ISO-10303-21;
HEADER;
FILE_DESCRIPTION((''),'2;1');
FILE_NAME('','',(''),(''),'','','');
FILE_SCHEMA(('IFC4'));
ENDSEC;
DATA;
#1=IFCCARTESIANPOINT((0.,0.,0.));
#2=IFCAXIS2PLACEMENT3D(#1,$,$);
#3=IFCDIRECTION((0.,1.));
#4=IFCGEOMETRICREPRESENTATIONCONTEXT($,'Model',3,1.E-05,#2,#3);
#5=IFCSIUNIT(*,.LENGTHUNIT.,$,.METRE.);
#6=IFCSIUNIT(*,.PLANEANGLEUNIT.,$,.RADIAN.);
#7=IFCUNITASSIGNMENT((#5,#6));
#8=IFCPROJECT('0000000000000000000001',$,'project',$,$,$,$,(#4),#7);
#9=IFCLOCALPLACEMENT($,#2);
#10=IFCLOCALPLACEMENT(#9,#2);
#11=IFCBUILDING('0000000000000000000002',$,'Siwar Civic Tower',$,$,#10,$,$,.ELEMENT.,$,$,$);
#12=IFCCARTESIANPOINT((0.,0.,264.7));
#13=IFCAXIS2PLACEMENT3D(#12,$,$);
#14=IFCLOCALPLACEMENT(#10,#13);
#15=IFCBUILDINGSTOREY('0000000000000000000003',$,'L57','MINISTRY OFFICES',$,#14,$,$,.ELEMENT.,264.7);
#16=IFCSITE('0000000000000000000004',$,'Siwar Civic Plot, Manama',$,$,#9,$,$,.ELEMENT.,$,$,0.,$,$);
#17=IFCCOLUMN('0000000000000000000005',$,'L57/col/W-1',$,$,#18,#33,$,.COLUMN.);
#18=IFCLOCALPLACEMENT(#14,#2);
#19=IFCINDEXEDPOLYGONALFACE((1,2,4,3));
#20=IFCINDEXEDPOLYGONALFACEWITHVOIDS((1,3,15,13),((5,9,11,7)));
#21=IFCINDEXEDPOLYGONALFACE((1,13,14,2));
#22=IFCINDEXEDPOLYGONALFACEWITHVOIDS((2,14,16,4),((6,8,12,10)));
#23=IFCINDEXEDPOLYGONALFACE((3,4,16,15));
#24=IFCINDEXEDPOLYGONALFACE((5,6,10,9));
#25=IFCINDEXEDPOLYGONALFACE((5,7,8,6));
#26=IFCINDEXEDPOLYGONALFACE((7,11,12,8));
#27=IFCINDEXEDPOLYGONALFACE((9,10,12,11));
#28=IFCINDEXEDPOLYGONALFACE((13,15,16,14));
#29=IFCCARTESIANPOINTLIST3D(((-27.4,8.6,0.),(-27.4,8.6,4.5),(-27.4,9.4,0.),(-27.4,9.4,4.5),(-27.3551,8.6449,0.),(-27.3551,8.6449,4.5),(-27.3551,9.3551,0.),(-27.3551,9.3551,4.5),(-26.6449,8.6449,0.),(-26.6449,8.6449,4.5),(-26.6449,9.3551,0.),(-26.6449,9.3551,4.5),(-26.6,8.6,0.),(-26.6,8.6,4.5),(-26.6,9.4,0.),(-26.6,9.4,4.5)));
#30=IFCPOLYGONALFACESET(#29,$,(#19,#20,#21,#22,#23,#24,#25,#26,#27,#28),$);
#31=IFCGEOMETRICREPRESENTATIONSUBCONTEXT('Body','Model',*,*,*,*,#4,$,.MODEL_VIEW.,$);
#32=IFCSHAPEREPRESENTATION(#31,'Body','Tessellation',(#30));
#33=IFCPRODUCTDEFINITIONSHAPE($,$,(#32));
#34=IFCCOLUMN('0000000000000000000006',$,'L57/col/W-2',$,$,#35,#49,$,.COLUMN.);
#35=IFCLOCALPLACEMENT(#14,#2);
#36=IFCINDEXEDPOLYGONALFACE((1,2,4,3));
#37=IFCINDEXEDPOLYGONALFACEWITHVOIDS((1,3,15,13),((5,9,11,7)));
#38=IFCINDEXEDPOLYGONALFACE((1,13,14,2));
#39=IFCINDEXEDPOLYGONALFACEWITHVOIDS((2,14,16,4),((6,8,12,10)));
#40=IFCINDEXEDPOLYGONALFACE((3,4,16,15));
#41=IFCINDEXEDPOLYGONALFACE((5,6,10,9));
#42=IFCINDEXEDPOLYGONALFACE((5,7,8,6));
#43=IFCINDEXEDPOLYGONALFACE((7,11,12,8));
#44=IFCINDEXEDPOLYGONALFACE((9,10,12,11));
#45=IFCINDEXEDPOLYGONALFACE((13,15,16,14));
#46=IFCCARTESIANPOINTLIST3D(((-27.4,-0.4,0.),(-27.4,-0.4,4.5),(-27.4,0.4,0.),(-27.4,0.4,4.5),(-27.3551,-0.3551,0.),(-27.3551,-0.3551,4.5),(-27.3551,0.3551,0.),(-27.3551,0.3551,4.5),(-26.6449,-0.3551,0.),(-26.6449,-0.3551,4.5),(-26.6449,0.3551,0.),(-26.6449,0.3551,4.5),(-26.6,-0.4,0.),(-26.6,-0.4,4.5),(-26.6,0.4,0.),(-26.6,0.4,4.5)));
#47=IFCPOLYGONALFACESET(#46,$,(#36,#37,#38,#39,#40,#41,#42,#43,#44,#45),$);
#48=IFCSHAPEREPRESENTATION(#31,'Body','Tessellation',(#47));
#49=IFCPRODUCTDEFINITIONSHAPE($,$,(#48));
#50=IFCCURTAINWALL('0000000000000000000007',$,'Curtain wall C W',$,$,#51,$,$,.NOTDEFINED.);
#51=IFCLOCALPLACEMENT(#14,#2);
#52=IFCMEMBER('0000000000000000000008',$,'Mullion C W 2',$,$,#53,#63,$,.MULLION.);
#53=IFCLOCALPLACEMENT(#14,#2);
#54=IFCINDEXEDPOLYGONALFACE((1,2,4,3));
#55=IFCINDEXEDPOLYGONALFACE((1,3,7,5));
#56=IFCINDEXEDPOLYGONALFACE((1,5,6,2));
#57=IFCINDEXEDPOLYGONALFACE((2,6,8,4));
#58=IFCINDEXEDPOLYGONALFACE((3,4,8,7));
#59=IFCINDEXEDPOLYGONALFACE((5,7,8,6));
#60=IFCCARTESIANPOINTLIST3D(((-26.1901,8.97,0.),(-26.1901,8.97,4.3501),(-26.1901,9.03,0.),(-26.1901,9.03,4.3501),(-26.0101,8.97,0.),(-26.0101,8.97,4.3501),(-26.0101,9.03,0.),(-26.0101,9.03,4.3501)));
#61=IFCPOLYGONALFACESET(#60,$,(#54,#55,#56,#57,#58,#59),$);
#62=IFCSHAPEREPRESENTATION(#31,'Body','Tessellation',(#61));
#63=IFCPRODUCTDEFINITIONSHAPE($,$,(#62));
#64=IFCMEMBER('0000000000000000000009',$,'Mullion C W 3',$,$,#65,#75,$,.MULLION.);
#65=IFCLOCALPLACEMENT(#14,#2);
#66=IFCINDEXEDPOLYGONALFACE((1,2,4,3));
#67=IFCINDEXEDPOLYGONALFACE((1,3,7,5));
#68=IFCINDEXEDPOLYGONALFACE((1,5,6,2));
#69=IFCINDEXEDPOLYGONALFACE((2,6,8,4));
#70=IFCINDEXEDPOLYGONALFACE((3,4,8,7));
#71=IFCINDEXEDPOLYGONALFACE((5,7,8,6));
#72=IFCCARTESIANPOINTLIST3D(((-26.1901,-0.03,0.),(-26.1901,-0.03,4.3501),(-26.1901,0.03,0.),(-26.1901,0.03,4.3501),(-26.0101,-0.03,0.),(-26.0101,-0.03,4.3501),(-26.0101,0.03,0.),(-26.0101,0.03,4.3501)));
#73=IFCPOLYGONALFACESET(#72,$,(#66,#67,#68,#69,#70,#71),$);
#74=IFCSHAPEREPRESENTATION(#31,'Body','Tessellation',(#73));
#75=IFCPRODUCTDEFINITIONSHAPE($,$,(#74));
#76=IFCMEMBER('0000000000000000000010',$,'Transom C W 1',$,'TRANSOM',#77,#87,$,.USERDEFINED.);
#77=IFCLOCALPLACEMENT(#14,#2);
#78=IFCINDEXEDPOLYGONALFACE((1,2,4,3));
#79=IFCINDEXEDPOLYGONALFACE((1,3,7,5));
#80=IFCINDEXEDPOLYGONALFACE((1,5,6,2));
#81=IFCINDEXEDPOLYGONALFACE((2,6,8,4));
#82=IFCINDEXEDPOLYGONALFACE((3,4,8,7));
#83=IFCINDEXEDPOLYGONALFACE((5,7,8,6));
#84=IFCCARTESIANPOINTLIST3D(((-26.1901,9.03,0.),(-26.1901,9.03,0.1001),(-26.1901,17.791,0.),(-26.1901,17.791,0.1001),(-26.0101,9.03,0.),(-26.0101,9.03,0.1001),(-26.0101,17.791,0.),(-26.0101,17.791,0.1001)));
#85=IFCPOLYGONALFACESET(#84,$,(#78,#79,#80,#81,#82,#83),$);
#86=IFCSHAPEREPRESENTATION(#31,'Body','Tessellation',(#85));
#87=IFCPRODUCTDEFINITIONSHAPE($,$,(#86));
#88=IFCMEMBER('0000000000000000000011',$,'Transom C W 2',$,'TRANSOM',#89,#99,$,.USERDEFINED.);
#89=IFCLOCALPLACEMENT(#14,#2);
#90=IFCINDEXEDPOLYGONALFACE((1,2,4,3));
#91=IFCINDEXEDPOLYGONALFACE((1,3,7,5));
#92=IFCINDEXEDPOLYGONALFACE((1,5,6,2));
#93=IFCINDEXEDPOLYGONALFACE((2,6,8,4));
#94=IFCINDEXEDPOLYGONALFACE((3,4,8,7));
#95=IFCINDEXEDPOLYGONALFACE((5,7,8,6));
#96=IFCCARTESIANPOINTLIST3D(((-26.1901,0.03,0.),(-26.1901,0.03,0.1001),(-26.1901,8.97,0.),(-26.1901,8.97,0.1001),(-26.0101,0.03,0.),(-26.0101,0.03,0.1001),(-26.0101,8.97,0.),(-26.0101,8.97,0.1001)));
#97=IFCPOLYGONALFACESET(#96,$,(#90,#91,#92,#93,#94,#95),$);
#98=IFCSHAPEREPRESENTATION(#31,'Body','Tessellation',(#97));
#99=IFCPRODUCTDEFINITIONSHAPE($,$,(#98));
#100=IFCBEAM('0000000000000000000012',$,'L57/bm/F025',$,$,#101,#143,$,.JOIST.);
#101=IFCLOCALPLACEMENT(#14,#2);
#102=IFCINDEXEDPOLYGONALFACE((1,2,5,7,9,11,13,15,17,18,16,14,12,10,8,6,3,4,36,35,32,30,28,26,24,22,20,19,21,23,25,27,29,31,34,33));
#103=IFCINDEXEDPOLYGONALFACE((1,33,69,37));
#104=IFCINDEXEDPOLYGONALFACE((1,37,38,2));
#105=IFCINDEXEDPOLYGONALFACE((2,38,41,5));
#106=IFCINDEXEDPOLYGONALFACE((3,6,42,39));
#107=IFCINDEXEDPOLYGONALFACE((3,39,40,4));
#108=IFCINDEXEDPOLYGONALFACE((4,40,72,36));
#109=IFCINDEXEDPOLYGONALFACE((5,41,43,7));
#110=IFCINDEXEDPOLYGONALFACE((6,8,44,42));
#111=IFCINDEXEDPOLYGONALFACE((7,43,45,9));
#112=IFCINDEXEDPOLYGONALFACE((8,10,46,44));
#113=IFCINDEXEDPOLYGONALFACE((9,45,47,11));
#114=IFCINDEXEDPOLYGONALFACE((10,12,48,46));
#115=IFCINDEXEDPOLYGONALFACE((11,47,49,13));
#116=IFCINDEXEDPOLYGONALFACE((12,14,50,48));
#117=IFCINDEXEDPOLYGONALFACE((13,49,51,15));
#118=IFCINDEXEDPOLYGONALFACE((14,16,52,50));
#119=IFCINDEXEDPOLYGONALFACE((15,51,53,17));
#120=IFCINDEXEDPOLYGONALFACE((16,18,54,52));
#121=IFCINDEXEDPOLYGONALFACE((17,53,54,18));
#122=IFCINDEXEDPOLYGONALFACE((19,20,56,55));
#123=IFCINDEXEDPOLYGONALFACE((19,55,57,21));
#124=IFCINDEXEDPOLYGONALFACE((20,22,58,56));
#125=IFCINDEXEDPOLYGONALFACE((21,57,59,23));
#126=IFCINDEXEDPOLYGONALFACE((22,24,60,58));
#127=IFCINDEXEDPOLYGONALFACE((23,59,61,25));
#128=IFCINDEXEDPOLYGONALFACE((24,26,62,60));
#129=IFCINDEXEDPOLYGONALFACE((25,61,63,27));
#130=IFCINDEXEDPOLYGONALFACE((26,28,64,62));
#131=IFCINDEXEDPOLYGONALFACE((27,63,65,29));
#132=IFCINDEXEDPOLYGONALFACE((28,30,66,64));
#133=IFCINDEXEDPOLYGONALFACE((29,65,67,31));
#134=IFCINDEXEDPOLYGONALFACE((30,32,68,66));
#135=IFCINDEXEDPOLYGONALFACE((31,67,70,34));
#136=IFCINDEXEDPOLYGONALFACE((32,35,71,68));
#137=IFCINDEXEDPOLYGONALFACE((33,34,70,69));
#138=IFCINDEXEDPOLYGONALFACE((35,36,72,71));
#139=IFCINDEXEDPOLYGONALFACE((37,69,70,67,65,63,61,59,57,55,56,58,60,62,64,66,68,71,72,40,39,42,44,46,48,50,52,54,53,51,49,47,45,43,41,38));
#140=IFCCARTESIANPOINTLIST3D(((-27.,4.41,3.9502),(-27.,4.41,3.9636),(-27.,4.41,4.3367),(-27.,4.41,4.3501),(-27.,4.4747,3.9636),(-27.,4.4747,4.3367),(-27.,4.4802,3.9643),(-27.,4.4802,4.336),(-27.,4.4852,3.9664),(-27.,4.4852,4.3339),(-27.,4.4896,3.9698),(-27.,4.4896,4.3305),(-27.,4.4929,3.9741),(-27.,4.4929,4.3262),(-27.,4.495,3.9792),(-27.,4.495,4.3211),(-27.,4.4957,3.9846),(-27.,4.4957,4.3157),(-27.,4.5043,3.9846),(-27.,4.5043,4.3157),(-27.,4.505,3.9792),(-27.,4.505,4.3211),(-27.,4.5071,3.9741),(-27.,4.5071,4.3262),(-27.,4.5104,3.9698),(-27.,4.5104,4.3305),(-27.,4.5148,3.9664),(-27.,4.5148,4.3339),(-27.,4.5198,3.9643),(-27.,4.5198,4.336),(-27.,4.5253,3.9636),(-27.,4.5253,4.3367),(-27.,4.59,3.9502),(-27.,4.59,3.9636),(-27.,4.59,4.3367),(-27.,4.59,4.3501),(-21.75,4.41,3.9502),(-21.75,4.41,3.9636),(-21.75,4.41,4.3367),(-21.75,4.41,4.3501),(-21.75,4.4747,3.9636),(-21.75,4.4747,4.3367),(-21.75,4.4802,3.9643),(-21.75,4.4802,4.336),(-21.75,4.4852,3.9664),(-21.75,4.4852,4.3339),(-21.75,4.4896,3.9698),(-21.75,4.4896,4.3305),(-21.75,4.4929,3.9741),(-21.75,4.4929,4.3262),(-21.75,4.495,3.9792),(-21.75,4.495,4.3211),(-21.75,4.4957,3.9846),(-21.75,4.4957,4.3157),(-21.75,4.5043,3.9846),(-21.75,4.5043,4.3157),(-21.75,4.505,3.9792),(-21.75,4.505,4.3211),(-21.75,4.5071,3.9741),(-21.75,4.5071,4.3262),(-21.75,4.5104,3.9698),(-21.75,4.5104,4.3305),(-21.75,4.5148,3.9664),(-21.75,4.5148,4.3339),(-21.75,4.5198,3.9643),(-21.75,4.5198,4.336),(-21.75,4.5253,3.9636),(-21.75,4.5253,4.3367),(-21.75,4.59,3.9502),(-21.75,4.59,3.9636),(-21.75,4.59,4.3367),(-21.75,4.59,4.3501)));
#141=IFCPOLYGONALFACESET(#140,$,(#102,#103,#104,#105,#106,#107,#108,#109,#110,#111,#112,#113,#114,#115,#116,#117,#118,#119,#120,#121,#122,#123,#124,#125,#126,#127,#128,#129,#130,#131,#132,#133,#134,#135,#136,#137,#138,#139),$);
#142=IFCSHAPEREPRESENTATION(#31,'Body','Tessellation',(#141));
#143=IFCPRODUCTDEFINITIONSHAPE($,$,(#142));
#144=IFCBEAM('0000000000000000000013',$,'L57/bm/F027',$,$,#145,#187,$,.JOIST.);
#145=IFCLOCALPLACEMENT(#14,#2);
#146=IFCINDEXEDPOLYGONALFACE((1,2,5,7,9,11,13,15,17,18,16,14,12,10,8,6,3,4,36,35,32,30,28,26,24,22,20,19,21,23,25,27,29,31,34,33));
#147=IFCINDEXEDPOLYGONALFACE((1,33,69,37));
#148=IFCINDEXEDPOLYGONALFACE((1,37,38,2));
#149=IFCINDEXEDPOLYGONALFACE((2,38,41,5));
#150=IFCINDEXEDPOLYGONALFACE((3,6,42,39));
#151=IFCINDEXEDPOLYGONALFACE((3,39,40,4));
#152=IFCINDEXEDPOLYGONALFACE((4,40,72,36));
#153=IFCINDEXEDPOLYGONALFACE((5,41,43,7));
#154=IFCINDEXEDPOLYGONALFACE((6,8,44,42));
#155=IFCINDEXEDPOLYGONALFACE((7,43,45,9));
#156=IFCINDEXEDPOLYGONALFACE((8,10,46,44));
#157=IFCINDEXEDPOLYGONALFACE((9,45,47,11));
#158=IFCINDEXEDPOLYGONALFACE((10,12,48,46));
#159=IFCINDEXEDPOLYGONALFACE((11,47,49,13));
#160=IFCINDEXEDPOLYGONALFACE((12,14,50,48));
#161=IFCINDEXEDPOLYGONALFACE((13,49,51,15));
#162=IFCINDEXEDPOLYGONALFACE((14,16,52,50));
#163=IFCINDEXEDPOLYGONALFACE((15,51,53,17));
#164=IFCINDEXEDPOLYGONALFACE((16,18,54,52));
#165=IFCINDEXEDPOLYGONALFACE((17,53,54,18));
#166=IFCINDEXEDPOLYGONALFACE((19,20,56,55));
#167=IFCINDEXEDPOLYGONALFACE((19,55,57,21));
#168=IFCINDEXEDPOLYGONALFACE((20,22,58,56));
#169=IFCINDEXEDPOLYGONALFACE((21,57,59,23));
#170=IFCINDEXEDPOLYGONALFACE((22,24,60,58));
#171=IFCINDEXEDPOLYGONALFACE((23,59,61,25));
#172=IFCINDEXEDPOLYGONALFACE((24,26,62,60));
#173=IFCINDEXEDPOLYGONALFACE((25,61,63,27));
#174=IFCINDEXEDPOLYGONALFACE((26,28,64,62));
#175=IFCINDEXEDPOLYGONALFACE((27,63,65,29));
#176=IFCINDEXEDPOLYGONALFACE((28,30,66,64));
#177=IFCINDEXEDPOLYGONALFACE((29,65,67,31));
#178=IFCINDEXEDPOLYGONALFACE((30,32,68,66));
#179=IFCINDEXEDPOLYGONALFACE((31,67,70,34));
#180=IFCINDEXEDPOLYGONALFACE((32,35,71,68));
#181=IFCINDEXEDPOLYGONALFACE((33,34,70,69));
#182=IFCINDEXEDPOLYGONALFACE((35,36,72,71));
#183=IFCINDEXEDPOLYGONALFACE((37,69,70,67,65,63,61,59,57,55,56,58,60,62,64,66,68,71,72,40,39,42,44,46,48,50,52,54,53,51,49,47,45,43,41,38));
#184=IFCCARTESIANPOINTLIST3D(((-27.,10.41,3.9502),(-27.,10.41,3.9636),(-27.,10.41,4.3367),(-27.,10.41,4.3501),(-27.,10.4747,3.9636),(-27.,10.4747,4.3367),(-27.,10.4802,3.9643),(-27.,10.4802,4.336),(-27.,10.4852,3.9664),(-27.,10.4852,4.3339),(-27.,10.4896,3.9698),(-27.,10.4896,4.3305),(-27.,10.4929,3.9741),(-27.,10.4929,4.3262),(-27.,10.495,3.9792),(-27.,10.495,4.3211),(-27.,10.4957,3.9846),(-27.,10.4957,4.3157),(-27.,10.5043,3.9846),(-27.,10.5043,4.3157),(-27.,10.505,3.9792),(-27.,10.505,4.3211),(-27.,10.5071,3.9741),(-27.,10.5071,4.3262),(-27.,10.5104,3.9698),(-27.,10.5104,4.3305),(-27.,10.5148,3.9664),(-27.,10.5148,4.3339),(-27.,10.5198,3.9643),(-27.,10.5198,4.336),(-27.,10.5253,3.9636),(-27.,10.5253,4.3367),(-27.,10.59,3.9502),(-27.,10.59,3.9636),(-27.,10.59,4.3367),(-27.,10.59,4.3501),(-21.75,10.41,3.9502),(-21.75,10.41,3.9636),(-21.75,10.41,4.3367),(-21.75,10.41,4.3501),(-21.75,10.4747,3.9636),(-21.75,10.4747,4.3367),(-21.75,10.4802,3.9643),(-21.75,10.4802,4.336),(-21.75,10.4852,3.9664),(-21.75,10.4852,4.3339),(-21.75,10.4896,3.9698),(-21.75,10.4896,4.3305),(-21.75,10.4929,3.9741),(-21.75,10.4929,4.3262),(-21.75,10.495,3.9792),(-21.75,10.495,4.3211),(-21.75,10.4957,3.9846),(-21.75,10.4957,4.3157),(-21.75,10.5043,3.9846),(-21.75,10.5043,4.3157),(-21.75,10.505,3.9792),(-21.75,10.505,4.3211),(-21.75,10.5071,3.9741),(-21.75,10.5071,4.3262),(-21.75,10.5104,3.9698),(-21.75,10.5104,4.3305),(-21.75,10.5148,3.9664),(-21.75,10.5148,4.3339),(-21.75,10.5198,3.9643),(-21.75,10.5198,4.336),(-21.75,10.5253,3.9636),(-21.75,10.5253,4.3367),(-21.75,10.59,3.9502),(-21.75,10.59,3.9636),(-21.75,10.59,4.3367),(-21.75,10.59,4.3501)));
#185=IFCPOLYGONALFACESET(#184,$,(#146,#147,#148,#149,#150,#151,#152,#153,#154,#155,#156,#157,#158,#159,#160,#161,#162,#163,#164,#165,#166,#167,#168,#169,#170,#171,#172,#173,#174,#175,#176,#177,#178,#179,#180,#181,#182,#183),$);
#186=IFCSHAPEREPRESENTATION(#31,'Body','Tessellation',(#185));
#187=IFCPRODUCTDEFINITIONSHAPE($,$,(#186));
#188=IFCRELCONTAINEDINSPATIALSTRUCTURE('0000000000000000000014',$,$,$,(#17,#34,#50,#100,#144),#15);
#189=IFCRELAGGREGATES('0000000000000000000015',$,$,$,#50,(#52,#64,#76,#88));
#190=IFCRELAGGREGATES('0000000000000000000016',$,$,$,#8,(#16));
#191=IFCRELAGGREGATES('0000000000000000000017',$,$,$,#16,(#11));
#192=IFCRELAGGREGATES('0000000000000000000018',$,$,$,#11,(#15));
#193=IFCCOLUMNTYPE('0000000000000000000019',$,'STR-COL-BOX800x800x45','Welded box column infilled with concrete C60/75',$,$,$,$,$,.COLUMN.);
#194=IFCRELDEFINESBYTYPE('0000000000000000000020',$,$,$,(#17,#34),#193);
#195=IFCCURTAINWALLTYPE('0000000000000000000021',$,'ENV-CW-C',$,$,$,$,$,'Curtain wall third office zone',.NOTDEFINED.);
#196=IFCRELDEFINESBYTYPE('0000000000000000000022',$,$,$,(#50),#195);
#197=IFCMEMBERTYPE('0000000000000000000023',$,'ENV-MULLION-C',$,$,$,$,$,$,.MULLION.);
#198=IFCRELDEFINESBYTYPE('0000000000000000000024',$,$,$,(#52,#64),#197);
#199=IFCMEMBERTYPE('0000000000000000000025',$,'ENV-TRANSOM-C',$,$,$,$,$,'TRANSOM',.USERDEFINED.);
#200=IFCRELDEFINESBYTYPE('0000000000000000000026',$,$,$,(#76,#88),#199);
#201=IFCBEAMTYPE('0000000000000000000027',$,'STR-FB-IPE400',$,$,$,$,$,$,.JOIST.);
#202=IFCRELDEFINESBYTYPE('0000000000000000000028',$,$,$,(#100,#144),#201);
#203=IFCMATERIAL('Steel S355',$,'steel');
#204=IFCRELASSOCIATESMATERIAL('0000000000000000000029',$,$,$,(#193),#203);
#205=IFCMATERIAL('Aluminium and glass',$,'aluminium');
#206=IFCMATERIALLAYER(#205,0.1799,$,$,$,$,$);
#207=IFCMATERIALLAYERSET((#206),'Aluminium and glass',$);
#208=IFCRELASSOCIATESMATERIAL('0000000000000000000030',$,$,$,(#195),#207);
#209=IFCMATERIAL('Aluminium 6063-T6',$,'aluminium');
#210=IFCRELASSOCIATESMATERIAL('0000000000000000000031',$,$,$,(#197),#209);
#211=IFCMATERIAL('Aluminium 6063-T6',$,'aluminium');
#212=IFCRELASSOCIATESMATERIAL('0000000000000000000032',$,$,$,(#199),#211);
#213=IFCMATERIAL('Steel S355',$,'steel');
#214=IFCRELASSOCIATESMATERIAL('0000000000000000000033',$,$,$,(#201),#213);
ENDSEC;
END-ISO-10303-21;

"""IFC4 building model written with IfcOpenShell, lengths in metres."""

from ifc_helpers import new_model, si_unit, direction, frame, origin, origin_2d, place, context, subcontext, project, spatial, rectangle, hollow_rectangle, i_section, extrude, material, layer, layer_set, material_profile, profile_set, type_object, element, aggregate, save


model = new_model("IFC4")

# Units and contexts
model_context = context("Model", 3, precision=1e-05, world=origin(), true_north=direction((0.0, 1.0)))
body_context = subcontext(model_context, "Body", "Model", "MODEL_VIEW")
ifc_project = project(units=[si_unit("LENGTHUNIT", "METRE"), si_unit("PLANEANGLEUNIT", "RADIAN")], contexts=[model_context])

# Site, building, storey
site_placement = place(None, origin())
site = spatial("IfcSite", under=ifc_project, at=site_placement, Name="Siwar Civic Plot, Manama", CompositionType="ELEMENT", RefElevation=0.0)
building_placement = place(site_placement, origin())
building = spatial("IfcBuilding", under=site, at=building_placement, Name="Siwar Civic Tower", CompositionType="ELEMENT")
storey_placement = place(building_placement, frame((0.0, 0.0, 264.7)))
storey = spatial("IfcBuildingStorey", under=building, at=storey_placement, Name="L57", Description="MINISTRY OFFICES", CompositionType="ELEMENT", Elevation=264.7)

# Columns
ifc_material_1 = material(Name="Steel S355", Category="steel")
ifc_material_profile_1 = material_profile(ifc_material_1, hollow_rectangle(XDim=0.8, YDim=0.8, WallThickness=0.0449, at=origin_2d()), Name="BOX800x800x45")
ifc_profile_set_1 = profile_set([ifc_material_profile_1], Name="Steel S355")
column_type = type_object("IfcColumnType", Name="STR-COL-BOX800x800x45", Description="Welded box column infilled with concrete C60/75", PredefinedType="COLUMN", material=ifc_profile_set_1)
for number, where, z_axis, x_axis, name in (
    (1, (-27.0, 9.0, 0.0), (0.0, 0.0, 1.0), (1.0, 0.0, 0.0), "L57/col/W-1"),
    (2, (-27.0, 0.0, 0.0), (0.0, 0.0, 1.0), (1.0, 0.0, 0.0), "L57/col/W-2"),
):
    element("IfcColumn", number, at=place(storey_placement, frame(where, z_axis=z_axis, x_axis=x_axis)), inside=storey, type_object=column_type, Name=name, PredefinedType="COLUMN", context=body_context, shape_type="SweptSolid", body=[
        extrude(hollow_rectangle(XDim=0.8, YDim=0.8, WallThickness=0.0449, at=origin_2d()), origin(), (0.0, 0.0, 1.0), 4.5),
    ])

# Curtain wall, members
ifc_material_2 = material(Name="Aluminium and glass", Category="aluminium")
ifc_layer_1 = layer(ifc_material_2, 0.1799)
ifc_layer_set_1 = layer_set([ifc_layer_1], Name="Aluminium and glass")
curtain_wall_type = type_object("IfcCurtainWallType", Name="ENV-CW-C", ElementType="Curtain wall third office zone", PredefinedType="NOTDEFINED", material=ifc_layer_set_1)
curtain_wall_placement = place(storey_placement, origin())
curtain_wall = element("IfcCurtainWall", 3, at=curtain_wall_placement, inside=storey, type_object=curtain_wall_type, Name="Curtain wall C W", PredefinedType="NOTDEFINED")
ifc_material_3 = material(Name="Aluminium 6063-T6", Category="aluminium")
ifc_material_profile_2 = material_profile(ifc_material_3, rectangle(XDim=0.1799, YDim=0.0601, at=origin_2d()), Name="AL 180x60")
ifc_profile_set_2 = profile_set([ifc_material_profile_2], Name="Aluminium 6063-T6")
member_type_1 = type_object("IfcMemberType", Name="ENV-MULLION-C", PredefinedType="MULLION", material=ifc_profile_set_2)
member_1_placement = place(storey_placement, frame((-26.1001, 9.0, 0.0), z_axis=(0.0, 0.0, 1.0), x_axis=(1.0, 0.0, 0.0)))
member_1 = element("IfcMember", 4, at=member_1_placement, type_object=member_type_1, Name="Mullion C W 2", PredefinedType="MULLION", context=body_context, shape_type="SweptSolid", body=[
    extrude(rectangle(XDim=0.1799, YDim=0.0601, at=origin_2d()), origin(), (0.0, 0.0, 1.0), 4.3501),
])
member_2_placement = place(storey_placement, frame((-26.1001, 0.0, 0.0), z_axis=(0.0, 0.0, 1.0), x_axis=(1.0, 0.0, 0.0)))
member_2 = element("IfcMember", 5, at=member_2_placement, type_object=member_type_1, Name="Mullion C W 3", PredefinedType="MULLION", context=body_context, shape_type="SweptSolid", body=[
    extrude(rectangle(XDim=0.1799, YDim=0.0601, at=origin_2d()), origin(), (0.0, 0.0, 1.0), 4.3501),
])
ifc_material_4 = material(Name="Aluminium 6063-T6", Category="aluminium")
ifc_material_profile_3 = material_profile(ifc_material_4, rectangle(XDim=0.1799, YDim=0.1001, at=origin_2d()), Name="AL 180x100")
ifc_profile_set_3 = profile_set([ifc_material_profile_3], Name="Aluminium 6063-T6")
member_type_2 = type_object("IfcMemberType", Name="ENV-TRANSOM-C", ElementType="TRANSOM", PredefinedType="USERDEFINED", material=ifc_profile_set_3)
member_3_placement = place(storey_placement, frame((-26.1001, 17.791, 0.05), z_axis=(0.0, -1.0, 0.0), x_axis=(1.0, 0.0, 0.0)))
member_3 = element("IfcMember", 6, at=member_3_placement, type_object=member_type_2, Name="Transom C W 1", ObjectType="TRANSOM", PredefinedType="USERDEFINED", context=body_context, shape_type="SweptSolid", body=[
    extrude(rectangle(XDim=0.1799, YDim=0.1001, at=origin_2d()), origin(), (0.0, 0.0, 1.0), 8.761),
])
member_4_placement = place(storey_placement, frame((-26.1001, 8.97, 0.05), z_axis=(0.0, -1.0, 0.0), x_axis=(1.0, 0.0, 0.0)))
member_4 = element("IfcMember", 7, at=member_4_placement, type_object=member_type_2, Name="Transom C W 2", ObjectType="TRANSOM", PredefinedType="USERDEFINED", context=body_context, shape_type="SweptSolid", body=[
    extrude(rectangle(XDim=0.1799, YDim=0.1001, at=origin_2d()), origin(), (0.0, 0.0, 1.0), 8.9399),
])

# Beams
ifc_material_5 = material(Name="Steel S355", Category="steel")
ifc_material_profile_4 = material_profile(ifc_material_5, i_section(OverallWidth=0.1799, OverallDepth=0.3999, WebThickness=0.0085, FlangeThickness=0.0134, FilletRadius=0.021, at=origin_2d()), Name="IPE400")
ifc_profile_set_4 = profile_set([ifc_material_profile_4], Name="Steel S355")
beam_type_1 = type_object("IfcBeamType", Name="STR-FB-IPE400", PredefinedType="JOIST", material=ifc_profile_set_4)
for number, where, z_axis, x_axis, name in (
    (8, (-27.0, 4.5, 4.1501), (1.0, 0.0, 0.0), (0.0, 1.0, 0.0), "L57/bm/F025"),
    (9, (-27.0, 10.5, 4.1501), (1.0, 0.0, 0.0), (0.0, 1.0, 0.0), "L57/bm/F027"),
):
    element("IfcBeam", number, at=place(storey_placement, frame(where, z_axis=z_axis, x_axis=x_axis)), inside=storey, type_object=beam_type_1, Name=name, PredefinedType="JOIST", context=body_context, shape_type="SweptSolid", body=[
        extrude(i_section(OverallWidth=0.1799, OverallDepth=0.3999, WebThickness=0.0085, FlangeThickness=0.0134, FilletRadius=0.021, at=origin_2d()), origin(), (0.0, 0.0, 1.0), 5.25),
    ])

aggregate(curtain_wall, [member_1, member_2, member_3, member_4])

save(model, "model.ifc")
